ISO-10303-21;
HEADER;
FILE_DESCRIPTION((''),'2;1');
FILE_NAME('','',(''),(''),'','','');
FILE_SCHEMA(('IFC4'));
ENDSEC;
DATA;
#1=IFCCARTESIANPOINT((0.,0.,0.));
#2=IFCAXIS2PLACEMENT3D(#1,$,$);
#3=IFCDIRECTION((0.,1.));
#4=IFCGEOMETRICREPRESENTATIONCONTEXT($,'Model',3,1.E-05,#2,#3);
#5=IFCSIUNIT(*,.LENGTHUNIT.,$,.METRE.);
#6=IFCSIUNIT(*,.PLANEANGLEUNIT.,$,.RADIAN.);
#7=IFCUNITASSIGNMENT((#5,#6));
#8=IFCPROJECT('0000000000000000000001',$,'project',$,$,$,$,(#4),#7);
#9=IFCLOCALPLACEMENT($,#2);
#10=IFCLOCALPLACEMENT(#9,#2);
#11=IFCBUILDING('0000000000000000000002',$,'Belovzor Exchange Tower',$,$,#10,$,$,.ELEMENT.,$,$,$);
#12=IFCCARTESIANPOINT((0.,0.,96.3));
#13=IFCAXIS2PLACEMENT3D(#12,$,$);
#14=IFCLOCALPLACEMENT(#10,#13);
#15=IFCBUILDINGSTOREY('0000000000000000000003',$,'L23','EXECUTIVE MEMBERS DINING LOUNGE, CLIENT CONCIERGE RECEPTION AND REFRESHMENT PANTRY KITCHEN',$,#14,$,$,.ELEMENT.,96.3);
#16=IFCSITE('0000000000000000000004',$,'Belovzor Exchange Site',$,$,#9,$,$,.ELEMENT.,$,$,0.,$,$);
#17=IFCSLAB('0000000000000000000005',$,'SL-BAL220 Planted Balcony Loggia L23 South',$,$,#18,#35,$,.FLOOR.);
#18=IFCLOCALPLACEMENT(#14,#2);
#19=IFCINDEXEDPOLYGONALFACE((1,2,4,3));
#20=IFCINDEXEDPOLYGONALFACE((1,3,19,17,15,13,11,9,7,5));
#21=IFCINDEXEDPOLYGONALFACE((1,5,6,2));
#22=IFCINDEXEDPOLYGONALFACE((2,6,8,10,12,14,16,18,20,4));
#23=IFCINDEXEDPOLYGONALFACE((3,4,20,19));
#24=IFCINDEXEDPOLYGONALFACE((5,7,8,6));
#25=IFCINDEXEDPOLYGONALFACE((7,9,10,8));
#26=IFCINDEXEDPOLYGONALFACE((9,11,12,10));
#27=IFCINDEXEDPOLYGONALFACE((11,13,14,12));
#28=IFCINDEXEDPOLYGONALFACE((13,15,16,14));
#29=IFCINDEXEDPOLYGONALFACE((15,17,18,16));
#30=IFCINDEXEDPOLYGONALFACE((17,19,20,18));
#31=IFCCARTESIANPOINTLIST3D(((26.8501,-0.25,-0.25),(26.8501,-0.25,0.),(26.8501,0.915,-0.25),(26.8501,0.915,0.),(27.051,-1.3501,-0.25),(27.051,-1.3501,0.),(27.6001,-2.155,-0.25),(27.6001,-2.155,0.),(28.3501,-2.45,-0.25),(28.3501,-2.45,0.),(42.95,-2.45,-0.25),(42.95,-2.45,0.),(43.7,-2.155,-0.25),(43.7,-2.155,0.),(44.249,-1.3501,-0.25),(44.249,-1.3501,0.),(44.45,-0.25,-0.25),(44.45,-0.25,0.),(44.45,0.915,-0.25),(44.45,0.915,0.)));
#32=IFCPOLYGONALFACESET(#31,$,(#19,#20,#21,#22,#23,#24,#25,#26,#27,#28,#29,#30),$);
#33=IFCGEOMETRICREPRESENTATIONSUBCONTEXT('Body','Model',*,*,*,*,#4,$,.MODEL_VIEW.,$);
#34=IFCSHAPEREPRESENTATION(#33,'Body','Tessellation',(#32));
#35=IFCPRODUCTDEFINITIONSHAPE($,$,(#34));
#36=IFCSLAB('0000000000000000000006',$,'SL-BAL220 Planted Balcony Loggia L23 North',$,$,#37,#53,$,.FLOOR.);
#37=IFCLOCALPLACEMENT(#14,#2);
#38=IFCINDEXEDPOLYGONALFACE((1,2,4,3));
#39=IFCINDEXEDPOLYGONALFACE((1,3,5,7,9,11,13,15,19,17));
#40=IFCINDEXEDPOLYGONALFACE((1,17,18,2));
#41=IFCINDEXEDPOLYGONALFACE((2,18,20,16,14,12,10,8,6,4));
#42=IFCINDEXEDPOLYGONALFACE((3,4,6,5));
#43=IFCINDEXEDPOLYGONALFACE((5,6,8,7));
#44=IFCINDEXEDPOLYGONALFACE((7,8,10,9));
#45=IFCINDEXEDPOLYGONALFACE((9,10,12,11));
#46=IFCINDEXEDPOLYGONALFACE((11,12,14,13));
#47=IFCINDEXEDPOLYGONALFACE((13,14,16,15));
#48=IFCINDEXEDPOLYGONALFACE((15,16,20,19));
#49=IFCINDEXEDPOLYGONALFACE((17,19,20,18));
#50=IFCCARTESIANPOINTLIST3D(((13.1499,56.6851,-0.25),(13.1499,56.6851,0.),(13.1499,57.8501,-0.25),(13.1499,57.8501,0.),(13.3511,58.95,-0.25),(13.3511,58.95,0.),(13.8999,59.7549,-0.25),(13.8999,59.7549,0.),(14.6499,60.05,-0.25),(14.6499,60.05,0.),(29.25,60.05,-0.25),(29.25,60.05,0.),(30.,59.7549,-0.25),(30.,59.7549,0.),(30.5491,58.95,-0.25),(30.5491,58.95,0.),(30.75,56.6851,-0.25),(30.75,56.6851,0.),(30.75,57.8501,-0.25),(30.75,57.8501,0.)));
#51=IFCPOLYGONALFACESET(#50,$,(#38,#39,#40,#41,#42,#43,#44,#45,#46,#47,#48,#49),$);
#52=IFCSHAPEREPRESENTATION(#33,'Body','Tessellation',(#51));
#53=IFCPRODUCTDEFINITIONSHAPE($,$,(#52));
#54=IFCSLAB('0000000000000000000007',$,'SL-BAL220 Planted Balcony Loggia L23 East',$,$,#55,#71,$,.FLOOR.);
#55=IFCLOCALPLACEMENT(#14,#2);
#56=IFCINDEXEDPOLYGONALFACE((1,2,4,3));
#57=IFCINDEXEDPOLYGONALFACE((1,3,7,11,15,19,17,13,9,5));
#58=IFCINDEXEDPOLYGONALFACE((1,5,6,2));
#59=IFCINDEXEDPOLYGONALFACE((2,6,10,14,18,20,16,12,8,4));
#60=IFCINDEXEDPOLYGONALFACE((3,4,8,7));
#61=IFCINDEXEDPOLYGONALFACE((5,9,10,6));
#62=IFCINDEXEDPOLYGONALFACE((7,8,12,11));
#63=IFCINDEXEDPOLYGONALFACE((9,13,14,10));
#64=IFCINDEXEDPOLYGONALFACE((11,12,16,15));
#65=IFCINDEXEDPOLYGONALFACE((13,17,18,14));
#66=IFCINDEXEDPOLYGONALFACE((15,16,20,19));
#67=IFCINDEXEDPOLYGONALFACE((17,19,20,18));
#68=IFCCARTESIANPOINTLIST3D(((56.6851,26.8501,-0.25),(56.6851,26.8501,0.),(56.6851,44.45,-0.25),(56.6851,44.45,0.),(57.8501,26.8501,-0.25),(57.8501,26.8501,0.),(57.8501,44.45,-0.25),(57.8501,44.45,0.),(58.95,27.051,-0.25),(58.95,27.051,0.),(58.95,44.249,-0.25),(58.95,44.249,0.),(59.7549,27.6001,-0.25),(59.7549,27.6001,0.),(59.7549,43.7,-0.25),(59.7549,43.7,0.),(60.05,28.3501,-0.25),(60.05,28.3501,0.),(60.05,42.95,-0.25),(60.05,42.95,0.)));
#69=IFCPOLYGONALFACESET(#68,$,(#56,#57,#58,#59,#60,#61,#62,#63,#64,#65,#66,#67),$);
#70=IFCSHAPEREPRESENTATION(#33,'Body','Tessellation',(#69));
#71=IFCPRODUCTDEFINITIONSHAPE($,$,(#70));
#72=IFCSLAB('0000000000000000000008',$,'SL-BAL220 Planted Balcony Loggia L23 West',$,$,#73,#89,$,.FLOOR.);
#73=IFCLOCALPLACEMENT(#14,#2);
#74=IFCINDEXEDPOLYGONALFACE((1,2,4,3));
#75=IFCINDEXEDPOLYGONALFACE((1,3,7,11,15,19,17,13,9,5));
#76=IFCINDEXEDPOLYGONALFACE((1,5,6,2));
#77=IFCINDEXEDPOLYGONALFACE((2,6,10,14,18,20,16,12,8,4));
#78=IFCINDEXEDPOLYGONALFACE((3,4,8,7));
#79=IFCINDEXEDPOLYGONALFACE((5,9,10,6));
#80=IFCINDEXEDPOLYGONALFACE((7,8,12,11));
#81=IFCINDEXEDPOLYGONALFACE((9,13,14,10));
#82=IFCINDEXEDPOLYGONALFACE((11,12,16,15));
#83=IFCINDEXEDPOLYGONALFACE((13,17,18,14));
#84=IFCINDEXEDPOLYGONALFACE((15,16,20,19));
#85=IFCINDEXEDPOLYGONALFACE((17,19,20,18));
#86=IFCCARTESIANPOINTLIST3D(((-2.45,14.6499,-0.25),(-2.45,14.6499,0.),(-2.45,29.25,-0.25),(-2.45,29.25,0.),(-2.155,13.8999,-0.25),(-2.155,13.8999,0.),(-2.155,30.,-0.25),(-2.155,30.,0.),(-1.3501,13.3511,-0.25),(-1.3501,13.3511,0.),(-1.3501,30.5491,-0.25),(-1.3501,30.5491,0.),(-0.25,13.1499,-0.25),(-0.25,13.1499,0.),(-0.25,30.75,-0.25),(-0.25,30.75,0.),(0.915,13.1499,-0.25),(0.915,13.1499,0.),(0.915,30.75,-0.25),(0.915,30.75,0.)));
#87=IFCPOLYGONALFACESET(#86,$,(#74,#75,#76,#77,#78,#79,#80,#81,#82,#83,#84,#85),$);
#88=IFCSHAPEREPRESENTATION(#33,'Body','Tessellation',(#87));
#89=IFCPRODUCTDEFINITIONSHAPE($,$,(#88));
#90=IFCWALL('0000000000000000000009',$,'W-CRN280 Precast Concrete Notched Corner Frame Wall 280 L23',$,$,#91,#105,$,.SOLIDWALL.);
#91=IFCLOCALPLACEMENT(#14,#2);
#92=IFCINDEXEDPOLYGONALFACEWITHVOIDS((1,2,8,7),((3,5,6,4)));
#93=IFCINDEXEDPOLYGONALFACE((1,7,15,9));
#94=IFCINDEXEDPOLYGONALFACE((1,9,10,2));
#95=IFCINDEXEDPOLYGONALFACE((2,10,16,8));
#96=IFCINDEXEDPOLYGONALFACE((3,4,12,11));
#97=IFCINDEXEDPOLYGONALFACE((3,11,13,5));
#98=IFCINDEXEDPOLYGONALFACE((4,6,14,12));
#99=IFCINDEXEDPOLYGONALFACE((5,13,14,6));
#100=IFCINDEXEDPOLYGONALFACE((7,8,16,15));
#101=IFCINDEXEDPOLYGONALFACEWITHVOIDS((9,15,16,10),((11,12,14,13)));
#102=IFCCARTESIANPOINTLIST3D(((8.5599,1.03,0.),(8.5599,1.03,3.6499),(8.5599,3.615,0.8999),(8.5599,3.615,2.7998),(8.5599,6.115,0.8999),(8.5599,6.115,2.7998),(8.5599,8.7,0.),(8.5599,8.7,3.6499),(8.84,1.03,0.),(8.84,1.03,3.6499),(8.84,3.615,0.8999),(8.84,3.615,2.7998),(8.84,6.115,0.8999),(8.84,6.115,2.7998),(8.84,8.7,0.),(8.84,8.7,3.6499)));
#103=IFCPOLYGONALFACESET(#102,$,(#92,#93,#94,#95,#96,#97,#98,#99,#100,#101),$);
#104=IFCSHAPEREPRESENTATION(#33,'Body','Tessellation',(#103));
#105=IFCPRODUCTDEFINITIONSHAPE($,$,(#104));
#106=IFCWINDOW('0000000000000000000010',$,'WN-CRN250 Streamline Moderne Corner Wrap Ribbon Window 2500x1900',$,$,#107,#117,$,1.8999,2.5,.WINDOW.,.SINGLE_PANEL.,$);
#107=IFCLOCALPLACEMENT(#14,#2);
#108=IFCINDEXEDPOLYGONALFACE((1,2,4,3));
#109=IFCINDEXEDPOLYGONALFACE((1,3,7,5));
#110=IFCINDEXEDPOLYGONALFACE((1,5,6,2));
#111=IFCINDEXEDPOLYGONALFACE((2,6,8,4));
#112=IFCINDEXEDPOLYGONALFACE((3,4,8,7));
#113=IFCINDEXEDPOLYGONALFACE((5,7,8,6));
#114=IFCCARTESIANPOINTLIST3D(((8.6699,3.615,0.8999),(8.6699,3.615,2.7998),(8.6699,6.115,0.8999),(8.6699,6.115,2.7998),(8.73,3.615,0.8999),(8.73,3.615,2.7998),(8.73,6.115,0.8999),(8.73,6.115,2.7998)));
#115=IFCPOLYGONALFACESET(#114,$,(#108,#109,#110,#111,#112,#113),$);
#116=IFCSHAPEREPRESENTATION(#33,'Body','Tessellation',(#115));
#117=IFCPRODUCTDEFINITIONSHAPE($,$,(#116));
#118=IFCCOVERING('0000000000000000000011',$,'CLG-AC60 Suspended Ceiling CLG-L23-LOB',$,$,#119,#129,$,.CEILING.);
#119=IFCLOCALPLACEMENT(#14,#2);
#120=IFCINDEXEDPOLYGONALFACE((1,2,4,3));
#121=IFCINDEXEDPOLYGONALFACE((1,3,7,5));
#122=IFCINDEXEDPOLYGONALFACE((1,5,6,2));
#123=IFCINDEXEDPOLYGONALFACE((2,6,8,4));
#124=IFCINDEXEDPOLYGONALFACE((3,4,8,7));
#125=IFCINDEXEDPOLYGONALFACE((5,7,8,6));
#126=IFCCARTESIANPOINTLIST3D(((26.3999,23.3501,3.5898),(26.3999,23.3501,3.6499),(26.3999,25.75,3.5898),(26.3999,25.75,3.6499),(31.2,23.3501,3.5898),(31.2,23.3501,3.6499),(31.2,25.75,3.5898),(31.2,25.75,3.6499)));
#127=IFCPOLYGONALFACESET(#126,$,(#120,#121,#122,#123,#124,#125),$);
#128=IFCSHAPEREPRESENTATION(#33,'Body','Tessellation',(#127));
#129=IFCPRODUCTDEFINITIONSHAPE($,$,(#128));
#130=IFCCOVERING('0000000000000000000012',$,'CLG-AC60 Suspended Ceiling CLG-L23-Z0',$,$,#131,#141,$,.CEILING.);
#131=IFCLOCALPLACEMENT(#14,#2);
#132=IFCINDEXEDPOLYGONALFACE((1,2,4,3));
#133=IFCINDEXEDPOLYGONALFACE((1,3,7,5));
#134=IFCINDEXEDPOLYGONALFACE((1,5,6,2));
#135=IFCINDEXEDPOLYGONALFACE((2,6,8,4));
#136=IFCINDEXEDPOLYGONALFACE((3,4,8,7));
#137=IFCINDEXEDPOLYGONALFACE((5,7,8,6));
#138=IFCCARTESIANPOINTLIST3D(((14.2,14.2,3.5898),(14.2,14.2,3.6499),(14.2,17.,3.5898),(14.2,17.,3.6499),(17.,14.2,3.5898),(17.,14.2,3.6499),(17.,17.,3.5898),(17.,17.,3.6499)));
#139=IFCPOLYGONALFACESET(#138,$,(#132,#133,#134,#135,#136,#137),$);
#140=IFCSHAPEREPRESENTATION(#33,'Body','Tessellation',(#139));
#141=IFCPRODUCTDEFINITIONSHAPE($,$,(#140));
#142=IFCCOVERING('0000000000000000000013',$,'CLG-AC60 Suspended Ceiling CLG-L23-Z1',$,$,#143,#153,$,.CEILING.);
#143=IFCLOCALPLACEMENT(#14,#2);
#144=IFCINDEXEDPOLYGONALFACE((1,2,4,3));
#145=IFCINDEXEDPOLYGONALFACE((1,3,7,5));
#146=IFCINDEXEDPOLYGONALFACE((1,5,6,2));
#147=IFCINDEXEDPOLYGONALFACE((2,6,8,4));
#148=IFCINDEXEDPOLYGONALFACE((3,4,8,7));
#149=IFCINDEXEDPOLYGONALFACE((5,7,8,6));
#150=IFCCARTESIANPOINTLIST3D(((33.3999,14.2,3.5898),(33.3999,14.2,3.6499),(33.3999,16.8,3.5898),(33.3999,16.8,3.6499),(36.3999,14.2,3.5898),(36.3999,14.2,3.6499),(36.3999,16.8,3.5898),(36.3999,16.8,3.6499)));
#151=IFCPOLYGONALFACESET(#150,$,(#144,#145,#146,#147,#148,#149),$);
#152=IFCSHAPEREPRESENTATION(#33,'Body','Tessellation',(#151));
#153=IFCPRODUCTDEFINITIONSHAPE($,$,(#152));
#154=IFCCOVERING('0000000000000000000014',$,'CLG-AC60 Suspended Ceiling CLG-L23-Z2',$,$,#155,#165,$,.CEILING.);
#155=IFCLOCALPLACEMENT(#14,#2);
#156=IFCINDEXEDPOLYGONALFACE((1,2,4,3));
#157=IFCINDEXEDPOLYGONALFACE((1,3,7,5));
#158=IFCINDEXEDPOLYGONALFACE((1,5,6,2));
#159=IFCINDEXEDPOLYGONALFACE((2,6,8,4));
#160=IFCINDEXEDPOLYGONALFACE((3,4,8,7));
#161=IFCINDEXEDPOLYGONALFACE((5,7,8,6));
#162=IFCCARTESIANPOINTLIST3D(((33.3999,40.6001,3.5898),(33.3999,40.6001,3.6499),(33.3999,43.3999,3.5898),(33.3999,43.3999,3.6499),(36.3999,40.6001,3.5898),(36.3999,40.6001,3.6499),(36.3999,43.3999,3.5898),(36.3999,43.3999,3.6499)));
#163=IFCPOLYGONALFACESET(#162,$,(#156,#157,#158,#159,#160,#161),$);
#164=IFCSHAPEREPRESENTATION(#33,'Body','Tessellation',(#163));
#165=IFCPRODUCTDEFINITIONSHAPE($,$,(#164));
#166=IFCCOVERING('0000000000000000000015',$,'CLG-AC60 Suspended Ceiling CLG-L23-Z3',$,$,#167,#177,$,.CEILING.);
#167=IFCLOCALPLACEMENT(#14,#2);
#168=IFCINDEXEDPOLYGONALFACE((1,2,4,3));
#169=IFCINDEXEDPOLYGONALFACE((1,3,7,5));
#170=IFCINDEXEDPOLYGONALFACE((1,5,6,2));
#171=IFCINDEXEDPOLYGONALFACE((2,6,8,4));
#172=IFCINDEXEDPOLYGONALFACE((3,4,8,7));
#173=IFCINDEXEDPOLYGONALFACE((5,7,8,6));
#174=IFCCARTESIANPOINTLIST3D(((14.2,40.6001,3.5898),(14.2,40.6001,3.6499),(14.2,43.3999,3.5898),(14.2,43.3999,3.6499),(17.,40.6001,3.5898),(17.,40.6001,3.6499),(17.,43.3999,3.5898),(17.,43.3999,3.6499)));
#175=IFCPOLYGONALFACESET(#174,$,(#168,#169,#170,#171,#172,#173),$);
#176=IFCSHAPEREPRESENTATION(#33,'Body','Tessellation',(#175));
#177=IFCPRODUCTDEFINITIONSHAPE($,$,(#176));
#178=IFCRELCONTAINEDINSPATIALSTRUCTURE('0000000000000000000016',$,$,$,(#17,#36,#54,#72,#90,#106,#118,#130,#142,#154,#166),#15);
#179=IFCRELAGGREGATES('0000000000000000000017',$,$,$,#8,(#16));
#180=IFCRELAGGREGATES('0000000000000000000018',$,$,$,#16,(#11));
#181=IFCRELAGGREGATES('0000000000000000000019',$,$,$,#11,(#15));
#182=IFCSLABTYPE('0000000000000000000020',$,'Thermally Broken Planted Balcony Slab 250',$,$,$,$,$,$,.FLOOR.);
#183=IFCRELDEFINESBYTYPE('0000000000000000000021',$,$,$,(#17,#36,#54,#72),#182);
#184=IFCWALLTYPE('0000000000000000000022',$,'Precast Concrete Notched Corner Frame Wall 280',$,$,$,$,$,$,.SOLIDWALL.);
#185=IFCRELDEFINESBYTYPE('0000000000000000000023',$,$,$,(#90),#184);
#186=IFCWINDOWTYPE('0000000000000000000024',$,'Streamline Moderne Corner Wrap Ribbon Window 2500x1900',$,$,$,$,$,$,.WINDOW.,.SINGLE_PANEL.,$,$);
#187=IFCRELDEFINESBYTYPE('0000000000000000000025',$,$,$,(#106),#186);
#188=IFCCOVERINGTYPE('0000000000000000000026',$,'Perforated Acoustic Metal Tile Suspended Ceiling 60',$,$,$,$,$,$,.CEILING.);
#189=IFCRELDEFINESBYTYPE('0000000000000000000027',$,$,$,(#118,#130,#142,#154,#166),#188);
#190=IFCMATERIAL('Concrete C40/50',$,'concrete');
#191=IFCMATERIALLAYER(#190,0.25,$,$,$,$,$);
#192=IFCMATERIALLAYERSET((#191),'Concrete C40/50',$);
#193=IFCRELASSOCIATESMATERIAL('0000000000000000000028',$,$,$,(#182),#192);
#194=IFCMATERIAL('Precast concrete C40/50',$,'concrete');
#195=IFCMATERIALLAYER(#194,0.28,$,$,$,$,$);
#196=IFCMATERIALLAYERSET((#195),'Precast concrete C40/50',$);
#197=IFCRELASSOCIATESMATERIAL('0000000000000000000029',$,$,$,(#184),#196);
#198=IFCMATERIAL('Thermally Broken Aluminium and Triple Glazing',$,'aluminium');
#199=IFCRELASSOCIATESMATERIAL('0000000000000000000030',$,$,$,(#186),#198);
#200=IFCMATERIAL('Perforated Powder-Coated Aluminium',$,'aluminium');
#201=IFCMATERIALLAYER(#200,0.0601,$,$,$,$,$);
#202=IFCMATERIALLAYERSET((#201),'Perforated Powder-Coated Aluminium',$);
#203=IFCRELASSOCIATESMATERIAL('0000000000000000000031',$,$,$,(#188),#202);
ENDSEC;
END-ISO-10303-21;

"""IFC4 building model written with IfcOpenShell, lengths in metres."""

from ifc_helpers import new_model, si_unit, direction, frame, frame_2d, origin, place, context, subcontext, project, spatial, polyline, rectangle, outline, extrude, material, layer, layer_set, type_object, element, fill, save


model = new_model("IFC4")

# Units and contexts
model_context = context("Model", 3, precision=1e-05, world=origin(), true_north=direction((0.0, 1.0)))
body_context = subcontext(model_context, "Body", "Model", "MODEL_VIEW")
ifc_project = project(units=[si_unit("LENGTHUNIT", "METRE"), si_unit("PLANEANGLEUNIT", "RADIAN")], contexts=[model_context])

# Site, building, storey
site_placement = place(None, origin())
site = spatial("IfcSite", under=ifc_project, at=site_placement, Name="Belovzor Exchange Site", CompositionType="ELEMENT", RefElevation=0.0)
building_placement = place(site_placement, origin())
building = spatial("IfcBuilding", under=site, at=building_placement, Name="Belovzor Exchange Tower", CompositionType="ELEMENT")
storey_placement = place(building_placement, frame((0.0, 0.0, 96.3)))
storey = spatial("IfcBuildingStorey", under=building, at=storey_placement, Name="L23", Description="EXECUTIVE MEMBERS DINING LOUNGE, CLIENT CONCIERGE RECEPTION AND REFRESHMENT PANTRY KITCHEN", CompositionType="ELEMENT", Elevation=96.3)

# Slabs
ifc_material_1 = material(Name="Concrete C40/50", Category="concrete")
ifc_layer_1 = layer(ifc_material_1, 0.25)
ifc_layer_set_1 = layer_set([ifc_layer_1], Name="Concrete C40/50")
slab_type_1 = type_object("IfcSlabType", Name="Thermally Broken Planted Balcony Slab 250", PredefinedType="FLOOR", material=ifc_layer_set_1)
slab_1_placement = place(storey_placement, frame((0.0, 0.0, -0.25)))
element("IfcSlab", 1, at=slab_1_placement, inside=storey, type_object=slab_type_1, Name="SL-BAL220 Planted Balcony Loggia L23 South", PredefinedType="FLOOR", context=body_context, shape_type="SweptSolid", body=[
    extrude(outline(polyline([(26.8501, 0.915), (26.8501, -0.25), (27.051, -1.3501), (27.6001, -2.155), (28.3501, -2.45), (42.95, -2.45), (43.7, -2.155), (44.249, -1.3501), (44.45, -0.25), (44.45, 0.915), (26.8501, 0.915)])), origin(), (0.0, 0.0, 1.0), 0.25),
])
slab_2_placement = place(storey_placement, frame((0.0, 0.0, -0.25)))
element("IfcSlab", 2, at=slab_2_placement, inside=storey, type_object=slab_type_1, Name="SL-BAL220 Planted Balcony Loggia L23 North", PredefinedType="FLOOR", context=body_context, shape_type="SweptSolid", body=[
    extrude(outline(polyline([(30.75, 56.6851), (30.75, 57.8501), (30.5491, 58.95), (30.0, 59.7549), (29.25, 60.05), (14.6499, 60.05), (13.8999, 59.7549), (13.3511, 58.95), (13.1499, 57.8501), (13.1499, 56.6851), (30.75, 56.6851)])), origin(), (0.0, 0.0, 1.0), 0.25),
])
slab_3_placement = place(storey_placement, frame((0.0, 0.0, -0.25)))
element("IfcSlab", 3, at=slab_3_placement, inside=storey, type_object=slab_type_1, Name="SL-BAL220 Planted Balcony Loggia L23 East", PredefinedType="FLOOR", context=body_context, shape_type="SweptSolid", body=[
    extrude(outline(polyline([(56.6851, 26.8501), (57.8501, 26.8501), (58.95, 27.051), (59.7549, 27.6001), (60.05, 28.3501), (60.05, 42.95), (59.7549, 43.7), (58.95, 44.249), (57.8501, 44.45), (56.6851, 44.45), (56.6851, 26.8501)])), origin(), (0.0, 0.0, 1.0), 0.25),
])
slab_4_placement = place(storey_placement, frame((0.0, 0.0, -0.25)))
element("IfcSlab", 4, at=slab_4_placement, inside=storey, type_object=slab_type_1, Name="SL-BAL220 Planted Balcony Loggia L23 West", PredefinedType="FLOOR", context=body_context, shape_type="SweptSolid", body=[
    extrude(outline(polyline([(0.915, 30.75), (-0.25, 30.75), (-1.3501, 30.5491), (-2.155, 30.0), (-2.45, 29.25), (-2.45, 14.6499), (-2.155, 13.8999), (-1.3501, 13.3511), (-0.25, 13.1499), (0.915, 13.1499), (0.915, 30.75)])), origin(), (0.0, 0.0, 1.0), 0.25),
])

# Wall, opening, window
ifc_material_2 = material(Name="Precast concrete C40/50", Category="concrete")
ifc_layer_2 = layer(ifc_material_2, 0.28)
ifc_layer_set_2 = layer_set([ifc_layer_2], Name="Precast concrete C40/50")
wall_type = type_object("IfcWallType", Name="Precast Concrete Notched Corner Frame Wall 280", PredefinedType="SOLIDWALL", material=ifc_layer_set_2)
wall_placement = place(storey_placement, frame((8.7, 1.03, 0.0), z_axis=(0.0, 0.0, 1.0), x_axis=(0.0, 1.0, 0.0)))
wall = element("IfcWall", 5, at=wall_placement, inside=storey, type_object=wall_type, Name="W-CRN280 Precast Concrete Notched Corner Frame Wall 280 L23", PredefinedType="SOLIDWALL", context=body_context, shape_type="SweptSolid", body=[
    extrude(rectangle(XDim=7.6699, YDim=0.28, at=frame_2d((3.835, 0.0))), origin(), (0.0, 0.0, 1.0), 3.6499),
])
opening_placement = place(wall_placement, frame((2.585, 0.0, 0.8999)))
opening = element("IfcOpeningElement", 6, at=opening_placement, cuts=wall, PredefinedType="OPENING", context=body_context, shape_type="SweptSolid", body=[
    extrude(rectangle(XDim=2.5, YDim=1.8999, at=frame_2d((1.25, 0.95))), frame((0.0, 0.1499, 0.0), z_axis=(0.0, -1.0, 0.0), x_axis=(1.0, 0.0, 0.0)), (0.0, 0.0, 1.0), 0.3),
])
ifc_material_3 = material(Name="Thermally Broken Aluminium and Triple Glazing", Category="aluminium")
window_type = type_object("IfcWindowType", Name="Streamline Moderne Corner Wrap Ribbon Window 2500x1900", PartitioningType="SINGLE_PANEL", PredefinedType="WINDOW", material=ifc_material_3)
window_placement = place(opening_placement, origin())
window = element("IfcWindow", 7, at=window_placement, inside=storey, type_object=window_type, Name="WN-CRN250 Streamline Moderne Corner Wrap Ribbon Window 2500x1900", OverallHeight=1.8999, OverallWidth=2.5, PartitioningType="SINGLE_PANEL", PredefinedType="WINDOW", context=body_context, shape_type="SweptSolid", body=[
    extrude(rectangle(XDim=2.5, YDim=1.8999, at=frame_2d((1.25, 0.95))), frame((0.0, 0.03, 0.0), z_axis=(0.0, -1.0, 0.0), x_axis=(1.0, 0.0, 0.0)), (0.0, 0.0, 1.0), 0.0601),
])
fill(opening, window)

# Coverings
ifc_material_4 = material(Name="Perforated Powder-Coated Aluminium", Category="aluminium")
ifc_layer_3 = layer(ifc_material_4, 0.0601)
ifc_layer_set_3 = layer_set([ifc_layer_3], Name="Perforated Powder-Coated Aluminium")
covering_type_1 = type_object("IfcCoveringType", Name="Perforated Acoustic Metal Tile Suspended Ceiling 60", PredefinedType="CEILING", material=ifc_layer_set_3)
covering_1_placement = place(storey_placement, frame((0.0, 0.0, 3.5898)))
element("IfcCovering", 8, at=covering_1_placement, inside=storey, type_object=covering_type_1, Name="CLG-AC60 Suspended Ceiling CLG-L23-LOB", PredefinedType="CEILING", context=body_context, shape_type="SweptSolid", body=[
    extrude(outline(polyline([(26.3999, 23.3501), (31.2, 23.3501), (31.2, 25.75), (26.3999, 25.75), (26.3999, 23.3501)])), origin(), (0.0, 0.0, 1.0), 0.0601),
])
covering_2_placement = place(storey_placement, frame((0.0, 0.0, 3.5898)))
element("IfcCovering", 9, at=covering_2_placement, inside=storey, type_object=covering_type_1, Name="CLG-AC60 Suspended Ceiling CLG-L23-Z0", PredefinedType="CEILING", context=body_context, shape_type="SweptSolid", body=[
    extrude(outline(polyline([(14.2, 14.2), (17.0, 14.2), (17.0, 17.0), (14.2, 17.0), (14.2, 14.2)])), origin(), (0.0, 0.0, 1.0), 0.0601),
])
covering_3_placement = place(storey_placement, frame((0.0, 0.0, 3.5898)))
element("IfcCovering", 10, at=covering_3_placement, inside=storey, type_object=covering_type_1, Name="CLG-AC60 Suspended Ceiling CLG-L23-Z1", PredefinedType="CEILING", context=body_context, shape_type="SweptSolid", body=[
    extrude(outline(polyline([(33.3999, 14.2), (36.3999, 14.2), (36.3999, 16.8), (33.3999, 16.8), (33.3999, 14.2)])), origin(), (0.0, 0.0, 1.0), 0.0601),
])
covering_4_placement = place(storey_placement, frame((0.0, 0.0, 3.5898)))
element("IfcCovering", 11, at=covering_4_placement, inside=storey, type_object=covering_type_1, Name="CLG-AC60 Suspended Ceiling CLG-L23-Z2", PredefinedType="CEILING", context=body_context, shape_type="SweptSolid", body=[
    extrude(outline(polyline([(33.3999, 40.6001), (36.3999, 40.6001), (36.3999, 43.3999), (33.3999, 43.3999), (33.3999, 40.6001)])), origin(), (0.0, 0.0, 1.0), 0.0601),
])
covering_5_placement = place(storey_placement, frame((0.0, 0.0, 3.5898)))
element("IfcCovering", 12, at=covering_5_placement, inside=storey, type_object=covering_type_1, Name="CLG-AC60 Suspended Ceiling CLG-L23-Z3", PredefinedType="CEILING", context=body_context, shape_type="SweptSolid", body=[
    extrude(outline(polyline([(14.2, 40.6001), (17.0, 40.6001), (17.0, 43.3999), (14.2, 43.3999), (14.2, 40.6001)])), origin(), (0.0, 0.0, 1.0), 0.0601),
])

save(model, "model.ifc")
